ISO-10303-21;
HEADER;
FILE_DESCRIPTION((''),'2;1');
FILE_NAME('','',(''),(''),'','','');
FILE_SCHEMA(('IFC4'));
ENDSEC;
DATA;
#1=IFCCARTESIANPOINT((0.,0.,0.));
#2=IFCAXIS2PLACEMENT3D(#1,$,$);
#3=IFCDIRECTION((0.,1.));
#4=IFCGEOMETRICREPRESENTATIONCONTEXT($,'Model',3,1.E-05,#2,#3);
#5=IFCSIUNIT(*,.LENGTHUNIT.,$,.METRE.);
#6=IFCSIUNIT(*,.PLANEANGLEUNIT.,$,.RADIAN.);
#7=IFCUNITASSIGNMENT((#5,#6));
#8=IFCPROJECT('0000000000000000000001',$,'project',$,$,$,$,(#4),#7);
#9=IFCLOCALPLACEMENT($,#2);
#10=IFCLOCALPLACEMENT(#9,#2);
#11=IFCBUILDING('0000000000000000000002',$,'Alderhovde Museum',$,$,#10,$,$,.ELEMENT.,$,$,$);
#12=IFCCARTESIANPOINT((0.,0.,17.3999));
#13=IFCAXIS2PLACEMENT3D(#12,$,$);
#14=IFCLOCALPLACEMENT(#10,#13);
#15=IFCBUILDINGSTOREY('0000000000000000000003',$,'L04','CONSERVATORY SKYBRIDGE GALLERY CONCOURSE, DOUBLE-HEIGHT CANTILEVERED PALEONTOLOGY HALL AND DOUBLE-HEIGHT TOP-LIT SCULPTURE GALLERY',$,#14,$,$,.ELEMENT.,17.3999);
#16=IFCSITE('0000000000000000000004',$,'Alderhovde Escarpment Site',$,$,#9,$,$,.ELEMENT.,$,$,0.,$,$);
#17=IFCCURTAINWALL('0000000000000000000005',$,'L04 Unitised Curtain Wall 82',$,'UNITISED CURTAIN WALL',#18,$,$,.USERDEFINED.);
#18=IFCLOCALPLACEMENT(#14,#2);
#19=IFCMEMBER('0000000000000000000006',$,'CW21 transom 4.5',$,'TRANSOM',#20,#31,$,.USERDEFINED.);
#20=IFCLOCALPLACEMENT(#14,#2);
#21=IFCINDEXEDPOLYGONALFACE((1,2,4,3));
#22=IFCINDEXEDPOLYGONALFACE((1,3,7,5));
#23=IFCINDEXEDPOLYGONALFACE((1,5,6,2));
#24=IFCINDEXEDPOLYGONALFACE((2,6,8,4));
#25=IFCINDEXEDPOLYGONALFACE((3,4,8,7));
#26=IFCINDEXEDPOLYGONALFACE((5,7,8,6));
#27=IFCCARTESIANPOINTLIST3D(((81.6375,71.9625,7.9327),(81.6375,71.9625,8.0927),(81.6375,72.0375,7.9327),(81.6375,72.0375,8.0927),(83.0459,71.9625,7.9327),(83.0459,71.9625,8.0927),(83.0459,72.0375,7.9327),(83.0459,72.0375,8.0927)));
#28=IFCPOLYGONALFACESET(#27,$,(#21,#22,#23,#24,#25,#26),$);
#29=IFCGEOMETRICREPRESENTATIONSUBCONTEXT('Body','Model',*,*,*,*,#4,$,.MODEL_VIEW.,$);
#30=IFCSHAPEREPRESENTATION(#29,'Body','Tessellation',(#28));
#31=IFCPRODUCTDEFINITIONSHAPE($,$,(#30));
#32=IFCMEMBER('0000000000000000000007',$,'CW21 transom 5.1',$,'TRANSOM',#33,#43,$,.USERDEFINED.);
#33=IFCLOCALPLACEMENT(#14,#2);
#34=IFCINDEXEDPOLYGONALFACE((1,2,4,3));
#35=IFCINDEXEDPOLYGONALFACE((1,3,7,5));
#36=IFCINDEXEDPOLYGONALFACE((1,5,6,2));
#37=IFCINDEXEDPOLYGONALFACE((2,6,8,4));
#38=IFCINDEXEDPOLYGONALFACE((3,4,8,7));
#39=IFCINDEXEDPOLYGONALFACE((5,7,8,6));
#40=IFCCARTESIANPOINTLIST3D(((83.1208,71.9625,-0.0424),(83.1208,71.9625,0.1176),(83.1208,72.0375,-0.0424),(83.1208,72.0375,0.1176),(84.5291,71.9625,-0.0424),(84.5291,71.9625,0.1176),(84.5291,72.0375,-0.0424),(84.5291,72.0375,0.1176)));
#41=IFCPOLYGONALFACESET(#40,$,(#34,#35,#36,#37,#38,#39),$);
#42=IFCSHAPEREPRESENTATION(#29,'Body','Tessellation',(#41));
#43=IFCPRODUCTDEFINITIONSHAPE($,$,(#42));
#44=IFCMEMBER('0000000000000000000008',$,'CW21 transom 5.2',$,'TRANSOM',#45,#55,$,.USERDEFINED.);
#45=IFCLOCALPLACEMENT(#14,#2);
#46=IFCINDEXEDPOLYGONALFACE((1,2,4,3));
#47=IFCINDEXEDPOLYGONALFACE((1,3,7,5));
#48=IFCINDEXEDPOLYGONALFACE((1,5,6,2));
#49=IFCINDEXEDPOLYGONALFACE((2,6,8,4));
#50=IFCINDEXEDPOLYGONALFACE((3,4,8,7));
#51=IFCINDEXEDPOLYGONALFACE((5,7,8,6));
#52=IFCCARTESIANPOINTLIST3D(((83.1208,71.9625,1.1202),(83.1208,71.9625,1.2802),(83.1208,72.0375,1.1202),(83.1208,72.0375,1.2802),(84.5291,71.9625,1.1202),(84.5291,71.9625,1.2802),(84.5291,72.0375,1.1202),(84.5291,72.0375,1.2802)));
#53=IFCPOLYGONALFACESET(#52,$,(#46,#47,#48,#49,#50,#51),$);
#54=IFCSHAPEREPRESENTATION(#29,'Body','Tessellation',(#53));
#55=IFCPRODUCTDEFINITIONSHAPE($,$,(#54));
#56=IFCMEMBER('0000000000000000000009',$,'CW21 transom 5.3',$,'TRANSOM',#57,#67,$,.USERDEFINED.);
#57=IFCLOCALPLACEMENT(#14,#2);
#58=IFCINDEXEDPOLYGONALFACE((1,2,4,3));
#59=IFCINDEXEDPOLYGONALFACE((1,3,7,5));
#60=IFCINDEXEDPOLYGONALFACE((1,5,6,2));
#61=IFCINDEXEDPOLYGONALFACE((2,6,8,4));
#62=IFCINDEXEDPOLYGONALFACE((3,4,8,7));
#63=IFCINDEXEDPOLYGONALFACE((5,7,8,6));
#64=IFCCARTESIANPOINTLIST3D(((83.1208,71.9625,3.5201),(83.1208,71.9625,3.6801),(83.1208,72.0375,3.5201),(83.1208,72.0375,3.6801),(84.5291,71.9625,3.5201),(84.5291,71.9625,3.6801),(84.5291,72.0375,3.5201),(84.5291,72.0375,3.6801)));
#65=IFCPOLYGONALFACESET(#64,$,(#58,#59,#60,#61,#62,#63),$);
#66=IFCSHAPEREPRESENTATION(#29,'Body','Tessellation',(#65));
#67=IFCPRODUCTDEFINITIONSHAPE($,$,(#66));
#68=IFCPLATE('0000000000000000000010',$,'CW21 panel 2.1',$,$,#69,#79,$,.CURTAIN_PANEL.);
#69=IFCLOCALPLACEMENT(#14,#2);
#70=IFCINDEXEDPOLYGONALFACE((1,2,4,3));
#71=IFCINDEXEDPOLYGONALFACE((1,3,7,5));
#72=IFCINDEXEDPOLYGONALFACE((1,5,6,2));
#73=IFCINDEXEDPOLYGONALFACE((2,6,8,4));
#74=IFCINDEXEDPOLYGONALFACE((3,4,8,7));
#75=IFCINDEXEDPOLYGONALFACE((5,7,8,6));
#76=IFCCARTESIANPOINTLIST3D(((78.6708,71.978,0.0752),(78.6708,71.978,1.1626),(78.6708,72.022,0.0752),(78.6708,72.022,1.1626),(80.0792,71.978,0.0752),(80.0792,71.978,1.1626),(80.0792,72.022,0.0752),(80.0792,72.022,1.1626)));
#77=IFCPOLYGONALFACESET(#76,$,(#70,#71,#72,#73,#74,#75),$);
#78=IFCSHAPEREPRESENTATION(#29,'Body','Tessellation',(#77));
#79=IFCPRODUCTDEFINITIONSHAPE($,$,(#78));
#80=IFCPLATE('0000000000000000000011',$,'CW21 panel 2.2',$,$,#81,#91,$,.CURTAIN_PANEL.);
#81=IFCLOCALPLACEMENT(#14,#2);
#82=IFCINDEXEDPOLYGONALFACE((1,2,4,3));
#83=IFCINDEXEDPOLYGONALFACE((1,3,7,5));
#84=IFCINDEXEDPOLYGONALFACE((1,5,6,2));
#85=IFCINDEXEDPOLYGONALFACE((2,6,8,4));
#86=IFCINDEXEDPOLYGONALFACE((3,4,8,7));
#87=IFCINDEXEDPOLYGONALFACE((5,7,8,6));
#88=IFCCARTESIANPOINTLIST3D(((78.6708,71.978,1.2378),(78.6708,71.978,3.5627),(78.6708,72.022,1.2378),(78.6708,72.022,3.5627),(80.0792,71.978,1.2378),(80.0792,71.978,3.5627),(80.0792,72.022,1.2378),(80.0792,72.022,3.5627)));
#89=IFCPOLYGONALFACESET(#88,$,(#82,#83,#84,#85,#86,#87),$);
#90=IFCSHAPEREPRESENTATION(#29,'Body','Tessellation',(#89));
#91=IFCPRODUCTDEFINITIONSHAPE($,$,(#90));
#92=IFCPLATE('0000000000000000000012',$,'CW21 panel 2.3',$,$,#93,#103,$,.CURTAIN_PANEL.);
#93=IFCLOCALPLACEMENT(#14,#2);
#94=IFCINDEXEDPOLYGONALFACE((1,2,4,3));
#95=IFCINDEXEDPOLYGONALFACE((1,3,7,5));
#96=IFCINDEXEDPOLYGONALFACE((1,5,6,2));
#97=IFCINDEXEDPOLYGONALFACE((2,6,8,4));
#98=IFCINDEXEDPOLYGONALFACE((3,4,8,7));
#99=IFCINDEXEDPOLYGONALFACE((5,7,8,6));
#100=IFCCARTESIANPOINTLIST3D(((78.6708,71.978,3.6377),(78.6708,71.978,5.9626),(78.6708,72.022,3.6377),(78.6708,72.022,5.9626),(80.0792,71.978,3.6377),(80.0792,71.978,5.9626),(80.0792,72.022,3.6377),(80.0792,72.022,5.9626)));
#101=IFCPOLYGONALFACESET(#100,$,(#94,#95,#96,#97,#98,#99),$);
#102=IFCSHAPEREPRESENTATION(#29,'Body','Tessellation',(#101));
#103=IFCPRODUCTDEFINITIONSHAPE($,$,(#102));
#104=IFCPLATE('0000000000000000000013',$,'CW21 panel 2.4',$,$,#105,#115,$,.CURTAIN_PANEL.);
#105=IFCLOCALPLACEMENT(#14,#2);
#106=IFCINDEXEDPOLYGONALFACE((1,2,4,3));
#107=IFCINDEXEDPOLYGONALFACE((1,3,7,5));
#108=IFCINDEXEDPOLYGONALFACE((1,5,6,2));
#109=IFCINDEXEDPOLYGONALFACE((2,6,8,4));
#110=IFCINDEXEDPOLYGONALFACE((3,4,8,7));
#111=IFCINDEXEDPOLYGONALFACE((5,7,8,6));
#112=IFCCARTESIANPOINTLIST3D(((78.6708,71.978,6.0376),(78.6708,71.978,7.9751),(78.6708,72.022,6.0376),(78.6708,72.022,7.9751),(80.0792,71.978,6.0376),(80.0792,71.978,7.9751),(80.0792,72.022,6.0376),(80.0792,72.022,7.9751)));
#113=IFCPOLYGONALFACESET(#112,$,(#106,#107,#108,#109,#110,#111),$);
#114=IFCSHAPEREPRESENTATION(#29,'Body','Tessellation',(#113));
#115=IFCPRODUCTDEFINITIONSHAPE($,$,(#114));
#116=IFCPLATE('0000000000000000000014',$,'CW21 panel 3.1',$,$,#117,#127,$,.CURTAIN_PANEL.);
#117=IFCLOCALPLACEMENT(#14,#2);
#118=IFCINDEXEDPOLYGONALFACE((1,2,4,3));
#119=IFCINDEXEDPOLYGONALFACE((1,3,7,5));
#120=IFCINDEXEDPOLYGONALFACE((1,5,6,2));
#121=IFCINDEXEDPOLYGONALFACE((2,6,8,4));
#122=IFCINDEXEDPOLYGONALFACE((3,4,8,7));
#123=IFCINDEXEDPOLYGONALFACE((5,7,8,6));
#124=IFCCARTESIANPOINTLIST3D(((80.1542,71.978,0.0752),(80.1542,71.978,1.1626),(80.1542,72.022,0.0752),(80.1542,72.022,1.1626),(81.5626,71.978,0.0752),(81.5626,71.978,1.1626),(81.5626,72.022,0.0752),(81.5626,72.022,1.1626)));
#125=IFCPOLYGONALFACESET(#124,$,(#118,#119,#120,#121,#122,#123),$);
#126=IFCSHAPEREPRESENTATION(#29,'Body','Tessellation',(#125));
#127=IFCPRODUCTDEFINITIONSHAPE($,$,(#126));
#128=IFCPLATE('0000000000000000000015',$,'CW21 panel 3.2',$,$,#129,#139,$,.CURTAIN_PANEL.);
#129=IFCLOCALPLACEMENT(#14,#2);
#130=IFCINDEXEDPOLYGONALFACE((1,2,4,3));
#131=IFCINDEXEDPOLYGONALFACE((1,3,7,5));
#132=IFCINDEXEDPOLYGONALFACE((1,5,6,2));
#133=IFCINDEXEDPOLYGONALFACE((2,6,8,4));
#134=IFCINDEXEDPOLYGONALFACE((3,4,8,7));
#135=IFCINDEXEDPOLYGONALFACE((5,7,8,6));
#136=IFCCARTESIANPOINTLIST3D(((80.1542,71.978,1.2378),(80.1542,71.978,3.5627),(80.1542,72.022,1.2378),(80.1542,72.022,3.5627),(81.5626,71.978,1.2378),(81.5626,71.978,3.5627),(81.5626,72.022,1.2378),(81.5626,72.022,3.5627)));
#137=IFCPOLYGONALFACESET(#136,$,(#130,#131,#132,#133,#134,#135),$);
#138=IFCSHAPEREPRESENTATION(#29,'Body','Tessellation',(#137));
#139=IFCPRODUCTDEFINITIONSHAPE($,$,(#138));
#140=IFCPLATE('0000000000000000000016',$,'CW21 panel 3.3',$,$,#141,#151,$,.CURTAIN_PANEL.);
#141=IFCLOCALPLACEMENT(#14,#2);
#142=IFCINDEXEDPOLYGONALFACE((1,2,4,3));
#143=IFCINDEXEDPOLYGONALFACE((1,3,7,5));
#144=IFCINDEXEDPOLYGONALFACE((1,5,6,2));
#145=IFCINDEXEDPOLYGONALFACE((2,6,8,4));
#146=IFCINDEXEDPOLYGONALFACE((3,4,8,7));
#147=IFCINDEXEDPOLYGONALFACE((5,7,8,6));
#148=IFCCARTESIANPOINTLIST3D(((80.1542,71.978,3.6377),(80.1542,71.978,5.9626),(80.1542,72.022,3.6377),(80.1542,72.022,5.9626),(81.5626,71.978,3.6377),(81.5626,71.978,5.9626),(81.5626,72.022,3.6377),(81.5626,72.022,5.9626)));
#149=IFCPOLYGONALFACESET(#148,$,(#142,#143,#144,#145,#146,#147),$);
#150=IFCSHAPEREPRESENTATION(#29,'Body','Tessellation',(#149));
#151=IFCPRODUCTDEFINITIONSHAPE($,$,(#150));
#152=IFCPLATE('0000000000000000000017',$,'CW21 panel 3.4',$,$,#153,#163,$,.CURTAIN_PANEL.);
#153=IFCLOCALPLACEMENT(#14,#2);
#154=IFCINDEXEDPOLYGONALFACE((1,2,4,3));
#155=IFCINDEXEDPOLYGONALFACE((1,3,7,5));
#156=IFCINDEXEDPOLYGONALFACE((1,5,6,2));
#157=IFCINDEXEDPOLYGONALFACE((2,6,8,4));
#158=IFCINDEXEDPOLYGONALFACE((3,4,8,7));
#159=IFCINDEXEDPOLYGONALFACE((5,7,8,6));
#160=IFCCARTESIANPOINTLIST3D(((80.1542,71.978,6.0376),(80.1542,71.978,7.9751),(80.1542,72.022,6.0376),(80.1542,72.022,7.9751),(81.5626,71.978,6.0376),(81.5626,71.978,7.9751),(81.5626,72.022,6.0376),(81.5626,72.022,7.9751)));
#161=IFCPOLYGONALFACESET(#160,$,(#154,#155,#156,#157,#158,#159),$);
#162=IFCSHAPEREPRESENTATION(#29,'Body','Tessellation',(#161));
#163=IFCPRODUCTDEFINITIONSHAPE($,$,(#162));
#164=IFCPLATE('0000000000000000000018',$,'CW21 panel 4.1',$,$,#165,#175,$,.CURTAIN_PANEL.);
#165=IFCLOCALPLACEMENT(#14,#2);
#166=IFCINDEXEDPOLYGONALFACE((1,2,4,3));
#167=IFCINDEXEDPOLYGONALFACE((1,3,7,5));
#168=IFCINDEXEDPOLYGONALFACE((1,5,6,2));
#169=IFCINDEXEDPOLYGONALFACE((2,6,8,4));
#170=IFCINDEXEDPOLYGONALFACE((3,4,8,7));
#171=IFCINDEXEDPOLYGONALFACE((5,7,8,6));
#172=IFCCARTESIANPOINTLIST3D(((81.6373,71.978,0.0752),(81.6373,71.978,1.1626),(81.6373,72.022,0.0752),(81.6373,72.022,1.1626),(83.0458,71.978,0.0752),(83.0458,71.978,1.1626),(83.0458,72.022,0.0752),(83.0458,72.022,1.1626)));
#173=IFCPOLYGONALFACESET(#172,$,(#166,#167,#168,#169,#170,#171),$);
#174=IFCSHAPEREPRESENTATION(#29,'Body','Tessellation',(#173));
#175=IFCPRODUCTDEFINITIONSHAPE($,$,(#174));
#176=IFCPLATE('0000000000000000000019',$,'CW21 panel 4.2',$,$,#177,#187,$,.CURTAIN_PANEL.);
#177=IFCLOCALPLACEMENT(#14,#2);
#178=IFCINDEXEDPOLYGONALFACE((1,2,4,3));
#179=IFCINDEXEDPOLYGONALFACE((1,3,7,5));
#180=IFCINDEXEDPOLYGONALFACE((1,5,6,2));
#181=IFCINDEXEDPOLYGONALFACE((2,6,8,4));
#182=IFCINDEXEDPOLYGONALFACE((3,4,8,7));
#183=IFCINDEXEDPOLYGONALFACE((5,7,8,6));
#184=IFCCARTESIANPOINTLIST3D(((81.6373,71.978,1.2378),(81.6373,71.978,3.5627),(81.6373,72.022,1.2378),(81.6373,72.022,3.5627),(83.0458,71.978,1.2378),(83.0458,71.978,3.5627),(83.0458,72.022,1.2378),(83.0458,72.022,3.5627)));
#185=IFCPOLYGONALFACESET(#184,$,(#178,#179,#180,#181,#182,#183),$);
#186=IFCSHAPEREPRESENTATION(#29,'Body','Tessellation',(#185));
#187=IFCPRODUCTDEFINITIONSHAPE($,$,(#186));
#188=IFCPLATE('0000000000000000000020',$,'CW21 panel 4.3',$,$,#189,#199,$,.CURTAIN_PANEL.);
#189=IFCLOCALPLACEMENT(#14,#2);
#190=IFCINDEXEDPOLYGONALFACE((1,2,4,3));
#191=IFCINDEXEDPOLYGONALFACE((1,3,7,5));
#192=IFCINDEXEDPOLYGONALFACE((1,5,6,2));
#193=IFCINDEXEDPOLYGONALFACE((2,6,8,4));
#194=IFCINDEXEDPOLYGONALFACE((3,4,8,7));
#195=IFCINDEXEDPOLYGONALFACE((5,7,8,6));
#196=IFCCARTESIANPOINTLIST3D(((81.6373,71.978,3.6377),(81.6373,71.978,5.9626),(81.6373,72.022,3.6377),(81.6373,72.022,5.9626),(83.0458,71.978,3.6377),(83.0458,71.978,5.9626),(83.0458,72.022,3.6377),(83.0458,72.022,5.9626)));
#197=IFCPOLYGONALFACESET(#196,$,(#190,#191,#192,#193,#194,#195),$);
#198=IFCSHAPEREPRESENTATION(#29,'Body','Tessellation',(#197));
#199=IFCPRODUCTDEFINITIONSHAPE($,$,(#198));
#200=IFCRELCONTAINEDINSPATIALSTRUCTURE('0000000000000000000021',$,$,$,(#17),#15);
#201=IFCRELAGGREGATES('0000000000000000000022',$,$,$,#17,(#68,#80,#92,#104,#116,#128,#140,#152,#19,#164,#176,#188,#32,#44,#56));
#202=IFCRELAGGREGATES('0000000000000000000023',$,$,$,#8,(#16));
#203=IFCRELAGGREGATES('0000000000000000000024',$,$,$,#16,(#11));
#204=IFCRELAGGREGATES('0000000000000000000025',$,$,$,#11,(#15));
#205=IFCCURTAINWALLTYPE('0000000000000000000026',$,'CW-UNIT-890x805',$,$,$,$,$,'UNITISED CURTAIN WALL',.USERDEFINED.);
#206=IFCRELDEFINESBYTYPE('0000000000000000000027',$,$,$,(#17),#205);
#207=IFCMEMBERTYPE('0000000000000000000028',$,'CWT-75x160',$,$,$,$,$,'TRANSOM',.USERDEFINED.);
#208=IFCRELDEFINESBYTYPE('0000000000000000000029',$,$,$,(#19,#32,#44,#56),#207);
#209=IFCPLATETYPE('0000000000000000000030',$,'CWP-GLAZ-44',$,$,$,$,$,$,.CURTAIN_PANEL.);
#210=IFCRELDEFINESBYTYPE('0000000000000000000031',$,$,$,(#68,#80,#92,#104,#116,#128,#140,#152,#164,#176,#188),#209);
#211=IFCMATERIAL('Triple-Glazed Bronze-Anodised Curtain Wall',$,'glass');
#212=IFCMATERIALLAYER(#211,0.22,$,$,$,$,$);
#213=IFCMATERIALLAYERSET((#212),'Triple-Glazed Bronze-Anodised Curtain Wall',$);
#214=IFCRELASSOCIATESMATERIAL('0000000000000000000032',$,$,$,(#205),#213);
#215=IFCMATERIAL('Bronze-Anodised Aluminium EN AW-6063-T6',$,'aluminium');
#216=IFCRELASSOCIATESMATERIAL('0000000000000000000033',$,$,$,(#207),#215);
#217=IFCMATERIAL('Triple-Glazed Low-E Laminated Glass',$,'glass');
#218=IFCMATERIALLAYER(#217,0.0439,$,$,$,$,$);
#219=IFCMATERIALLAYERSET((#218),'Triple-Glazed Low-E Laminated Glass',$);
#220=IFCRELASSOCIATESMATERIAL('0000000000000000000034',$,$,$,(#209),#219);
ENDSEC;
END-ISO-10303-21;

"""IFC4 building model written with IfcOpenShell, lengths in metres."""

from ifc_helpers import new_model, si_unit, direction, frame, origin, origin_2d, place, context, subcontext, project, spatial, rectangle, extrude, material, layer, layer_set, material_profile, profile_set, type_object, element, aggregate, save


model = new_model("IFC4")

# Units and contexts
model_context = context("Model", 3, precision=1e-05, world=origin(), true_north=direction((0.0, 1.0)))
body_context = subcontext(model_context, "Body", "Model", "MODEL_VIEW")
ifc_project = project(units=[si_unit("LENGTHUNIT", "METRE"), si_unit("PLANEANGLEUNIT", "RADIAN")], contexts=[model_context])

# Site, building, storey
site_placement = place(None, origin())
site = spatial("IfcSite", under=ifc_project, at=site_placement, Name="Alderhovde Escarpment Site", CompositionType="ELEMENT", RefElevation=0.0)
building_placement = place(site_placement, origin())
building = spatial("IfcBuilding", under=site, at=building_placement, Name="Alderhovde Museum", CompositionType="ELEMENT")
storey_placement = place(building_placement, frame((0.0, 0.0, 17.3999)))
storey = spatial("IfcBuildingStorey", under=building, at=storey_placement, Name="L04", Description="CONSERVATORY SKYBRIDGE GALLERY CONCOURSE, DOUBLE-HEIGHT CANTILEVERED PALEONTOLOGY HALL AND DOUBLE-HEIGHT TOP-LIT SCULPTURE GALLERY", CompositionType="ELEMENT", Elevation=17.3999)

# Curtain wall, members, plates
ifc_material_1 = material(Name="Triple-Glazed Bronze-Anodised Curtain Wall", Category="glass")
ifc_layer_1 = layer(ifc_material_1, 0.22)
ifc_layer_set_1 = layer_set([ifc_layer_1], Name="Triple-Glazed Bronze-Anodised Curtain Wall")
curtain_wall_type = type_object("IfcCurtainWallType", Name="CW-UNIT-890x805", ElementType="UNITISED CURTAIN WALL", PredefinedType="USERDEFINED", material=ifc_layer_set_1)
curtain_wall_placement = place(storey_placement, origin())
curtain_wall = element("IfcCurtainWall", 1, at=curtain_wall_placement, inside=storey, type_object=curtain_wall_type, Name="L04 Unitised Curtain Wall 82", ObjectType="UNITISED CURTAIN WALL", PredefinedType="USERDEFINED")
ifc_material_2 = material(Name="Bronze-Anodised Aluminium EN AW-6063-T6", Category="aluminium")
ifc_material_profile_1 = material_profile(ifc_material_2, rectangle(XDim=0.075, YDim=0.1599, at=origin_2d()), Name="TRANSOM 75x160")
ifc_profile_set_1 = profile_set([ifc_material_profile_1], Name="Bronze-Anodised Aluminium EN AW-6063-T6")
member_type_1 = type_object("IfcMemberType", Name="CWT-75x160", ElementType="TRANSOM", PredefinedType="USERDEFINED", material=ifc_profile_set_1)
member_1_placement = place(storey_placement, frame((81.6375, 72.0, 8.0127), z_axis=(1.0, 0.0, 0.0), x_axis=(0.0, 1.0, 0.0)))
member_1 = element("IfcMember", 2, at=member_1_placement, type_object=member_type_1, Name="CW21 transom 4.5", ObjectType="TRANSOM", PredefinedType="USERDEFINED", context=body_context, shape_type="SweptSolid", body=[
    extrude(rectangle(XDim=0.075, YDim=0.1599, at=origin_2d()), origin(), (0.0, 0.0, 1.0), 1.4084),
])
member_2_placement = place(storey_placement, frame((83.1208, 72.0, 0.0376), z_axis=(1.0, 0.0, 0.0), x_axis=(0.0, 1.0, 0.0)))
member_2 = element("IfcMember", 3, at=member_2_placement, type_object=member_type_1, Name="CW21 transom 5.1", ObjectType="TRANSOM", PredefinedType="USERDEFINED", context=body_context, shape_type="SweptSolid", body=[
    extrude(rectangle(XDim=0.075, YDim=0.1599, at=origin_2d()), origin(), (0.0, 0.0, 1.0), 1.4082),
])
member_3_placement = place(storey_placement, frame((83.1208, 72.0, 1.2002), z_axis=(1.0, 0.0, 0.0), x_axis=(0.0, 1.0, 0.0)))
member_3 = element("IfcMember", 4, at=member_3_placement, type_object=member_type_1, Name="CW21 transom 5.2", ObjectType="TRANSOM", PredefinedType="USERDEFINED", context=body_context, shape_type="SweptSolid", body=[
    extrude(rectangle(XDim=0.075, YDim=0.1599, at=origin_2d()), origin(), (0.0, 0.0, 1.0), 1.4082),
])
member_4_placement = place(storey_placement, frame((83.1208, 72.0, 3.6001), z_axis=(1.0, 0.0, 0.0), x_axis=(0.0, 1.0, 0.0)))
member_4 = element("IfcMember", 5, at=member_4_placement, type_object=member_type_1, Name="CW21 transom 5.3", ObjectType="TRANSOM", PredefinedType="USERDEFINED", context=body_context, shape_type="SweptSolid", body=[
    extrude(rectangle(XDim=0.075, YDim=0.1599, at=origin_2d()), origin(), (0.0, 0.0, 1.0), 1.4082),
])
ifc_material_3 = material(Name="Triple-Glazed Low-E Laminated Glass", Category="glass")
ifc_layer_2 = layer(ifc_material_3, 0.0439)
ifc_layer_set_2 = layer_set([ifc_layer_2], Name="Triple-Glazed Low-E Laminated Glass")
plate_type = type_object("IfcPlateType", Name="CWP-GLAZ-44", PredefinedType="CURTAIN_PANEL", material=ifc_layer_set_2)
plate_1_placement = place(storey_placement, frame((79.375, 72.0, 0.0752), z_axis=(0.0, 0.0, 1.0), x_axis=(1.0, 0.0, 0.0)))
plate_1 = element("IfcPlate", 6, at=plate_1_placement, type_object=plate_type, Name="CW21 panel 2.1", PredefinedType="CURTAIN_PANEL", context=body_context, shape_type="SweptSolid", body=[
    extrude(rectangle(XDim=1.4084, YDim=0.0439, at=origin_2d()), origin(), (0.0, 0.0, 1.0), 1.0874),
])
plate_2_placement = place(storey_placement, frame((79.375, 72.0, 1.2378), z_axis=(0.0, 0.0, 1.0), x_axis=(1.0, 0.0, 0.0)))
plate_2 = element("IfcPlate", 7, at=plate_2_placement, type_object=plate_type, Name="CW21 panel 2.2", PredefinedType="CURTAIN_PANEL", context=body_context, shape_type="SweptSolid", body=[
    extrude(rectangle(XDim=1.4084, YDim=0.0439, at=origin_2d()), origin(), (0.0, 0.0, 1.0), 2.325),
])
plate_3_placement = place(storey_placement, frame((79.375, 72.0, 3.6377), z_axis=(0.0, 0.0, 1.0), x_axis=(1.0, 0.0, 0.0)))
plate_3 = element("IfcPlate", 8, at=plate_3_placement, type_object=plate_type, Name="CW21 panel 2.3", PredefinedType="CURTAIN_PANEL", context=body_context, shape_type="SweptSolid", body=[
    extrude(rectangle(XDim=1.4084, YDim=0.0439, at=origin_2d()), origin(), (0.0, 0.0, 1.0), 2.325),
])
plate_4_placement = place(storey_placement, frame((79.375, 72.0, 6.0376), z_axis=(0.0, 0.0, 1.0), x_axis=(1.0, 0.0, 0.0)))
plate_4 = element("IfcPlate", 9, at=plate_4_placement, type_object=plate_type, Name="CW21 panel 2.4", PredefinedType="CURTAIN_PANEL", context=body_context, shape_type="SweptSolid", body=[
    extrude(rectangle(XDim=1.4084, YDim=0.0439, at=origin_2d()), origin(), (0.0, 0.0, 1.0), 1.9375),
])
plate_5_placement = place(storey_placement, frame((80.8584, 72.0, 0.0752), z_axis=(0.0, 0.0, 1.0), x_axis=(1.0, 0.0, 0.0)))
plate_5 = element("IfcPlate", 10, at=plate_5_placement, type_object=plate_type, Name="CW21 panel 3.1", PredefinedType="CURTAIN_PANEL", context=body_context, shape_type="SweptSolid", body=[
    extrude(rectangle(XDim=1.4084, YDim=0.0439, at=origin_2d()), origin(), (0.0, 0.0, 1.0), 1.0874),
])
plate_6_placement = place(storey_placement, frame((80.8584, 72.0, 1.2378), z_axis=(0.0, 0.0, 1.0), x_axis=(1.0, 0.0, 0.0)))
plate_6 = element("IfcPlate", 11, at=plate_6_placement, type_object=plate_type, Name="CW21 panel 3.2", PredefinedType="CURTAIN_PANEL", context=body_context, shape_type="SweptSolid", body=[
    extrude(rectangle(XDim=1.4084, YDim=0.0439, at=origin_2d()), origin(), (0.0, 0.0, 1.0), 2.325),
])
plate_7_placement = place(storey_placement, frame((80.8584, 72.0, 3.6377), z_axis=(0.0, 0.0, 1.0), x_axis=(1.0, 0.0, 0.0)))
plate_7 = element("IfcPlate", 12, at=plate_7_placement, type_object=plate_type, Name="CW21 panel 3.3", PredefinedType="CURTAIN_PANEL", context=body_context, shape_type="SweptSolid", body=[
    extrude(rectangle(XDim=1.4084, YDim=0.0439, at=origin_2d()), origin(), (0.0, 0.0, 1.0), 2.325),
])
plate_8_placement = place(storey_placement, frame((80.8584, 72.0, 6.0376), z_axis=(0.0, 0.0, 1.0), x_axis=(1.0, 0.0, 0.0)))
plate_8 = element("IfcPlate", 13, at=plate_8_placement, type_object=plate_type, Name="CW21 panel 3.4", PredefinedType="CURTAIN_PANEL", context=body_context, shape_type="SweptSolid", body=[
    extrude(rectangle(XDim=1.4084, YDim=0.0439, at=origin_2d()), origin(), (0.0, 0.0, 1.0), 1.9375),
])
plate_9_placement = place(storey_placement, frame((82.3416, 72.0, 0.0752), z_axis=(0.0, 0.0, 1.0), x_axis=(1.0, 0.0, 0.0)))
plate_9 = element("IfcPlate", 14, at=plate_9_placement, type_object=plate_type, Name="CW21 panel 4.1", PredefinedType="CURTAIN_PANEL", context=body_context, shape_type="SweptSolid", body=[
    extrude(rectangle(XDim=1.4084, YDim=0.0439, at=origin_2d()), origin(), (0.0, 0.0, 1.0), 1.0874),
])
plate_10_placement = place(storey_placement, frame((82.3416, 72.0, 1.2378), z_axis=(0.0, 0.0, 1.0), x_axis=(1.0, 0.0, 0.0)))
plate_10 = element("IfcPlate", 15, at=plate_10_placement, type_object=plate_type, Name="CW21 panel 4.2", PredefinedType="CURTAIN_PANEL", context=body_context, shape_type="SweptSolid", body=[
    extrude(rectangle(XDim=1.4084, YDim=0.0439, at=origin_2d()), origin(), (0.0, 0.0, 1.0), 2.325),
])
plate_11_placement = place(storey_placement, frame((82.3416, 72.0, 3.6377), z_axis=(0.0, 0.0, 1.0), x_axis=(1.0, 0.0, 0.0)))
plate_11 = element("IfcPlate", 16, at=plate_11_placement, type_object=plate_type, Name="CW21 panel 4.3", PredefinedType="CURTAIN_PANEL", context=body_context, shape_type="SweptSolid", body=[
    extrude(rectangle(XDim=1.4084, YDim=0.0439, at=origin_2d()), origin(), (0.0, 0.0, 1.0), 2.325),
])
aggregate(curtain_wall, [plate_1, plate_2, plate_3, plate_4, plate_5, plate_6, plate_7, plate_8, member_1, plate_9, plate_10, plate_11, member_2, member_3, member_4])

save(model, "model.ifc")
